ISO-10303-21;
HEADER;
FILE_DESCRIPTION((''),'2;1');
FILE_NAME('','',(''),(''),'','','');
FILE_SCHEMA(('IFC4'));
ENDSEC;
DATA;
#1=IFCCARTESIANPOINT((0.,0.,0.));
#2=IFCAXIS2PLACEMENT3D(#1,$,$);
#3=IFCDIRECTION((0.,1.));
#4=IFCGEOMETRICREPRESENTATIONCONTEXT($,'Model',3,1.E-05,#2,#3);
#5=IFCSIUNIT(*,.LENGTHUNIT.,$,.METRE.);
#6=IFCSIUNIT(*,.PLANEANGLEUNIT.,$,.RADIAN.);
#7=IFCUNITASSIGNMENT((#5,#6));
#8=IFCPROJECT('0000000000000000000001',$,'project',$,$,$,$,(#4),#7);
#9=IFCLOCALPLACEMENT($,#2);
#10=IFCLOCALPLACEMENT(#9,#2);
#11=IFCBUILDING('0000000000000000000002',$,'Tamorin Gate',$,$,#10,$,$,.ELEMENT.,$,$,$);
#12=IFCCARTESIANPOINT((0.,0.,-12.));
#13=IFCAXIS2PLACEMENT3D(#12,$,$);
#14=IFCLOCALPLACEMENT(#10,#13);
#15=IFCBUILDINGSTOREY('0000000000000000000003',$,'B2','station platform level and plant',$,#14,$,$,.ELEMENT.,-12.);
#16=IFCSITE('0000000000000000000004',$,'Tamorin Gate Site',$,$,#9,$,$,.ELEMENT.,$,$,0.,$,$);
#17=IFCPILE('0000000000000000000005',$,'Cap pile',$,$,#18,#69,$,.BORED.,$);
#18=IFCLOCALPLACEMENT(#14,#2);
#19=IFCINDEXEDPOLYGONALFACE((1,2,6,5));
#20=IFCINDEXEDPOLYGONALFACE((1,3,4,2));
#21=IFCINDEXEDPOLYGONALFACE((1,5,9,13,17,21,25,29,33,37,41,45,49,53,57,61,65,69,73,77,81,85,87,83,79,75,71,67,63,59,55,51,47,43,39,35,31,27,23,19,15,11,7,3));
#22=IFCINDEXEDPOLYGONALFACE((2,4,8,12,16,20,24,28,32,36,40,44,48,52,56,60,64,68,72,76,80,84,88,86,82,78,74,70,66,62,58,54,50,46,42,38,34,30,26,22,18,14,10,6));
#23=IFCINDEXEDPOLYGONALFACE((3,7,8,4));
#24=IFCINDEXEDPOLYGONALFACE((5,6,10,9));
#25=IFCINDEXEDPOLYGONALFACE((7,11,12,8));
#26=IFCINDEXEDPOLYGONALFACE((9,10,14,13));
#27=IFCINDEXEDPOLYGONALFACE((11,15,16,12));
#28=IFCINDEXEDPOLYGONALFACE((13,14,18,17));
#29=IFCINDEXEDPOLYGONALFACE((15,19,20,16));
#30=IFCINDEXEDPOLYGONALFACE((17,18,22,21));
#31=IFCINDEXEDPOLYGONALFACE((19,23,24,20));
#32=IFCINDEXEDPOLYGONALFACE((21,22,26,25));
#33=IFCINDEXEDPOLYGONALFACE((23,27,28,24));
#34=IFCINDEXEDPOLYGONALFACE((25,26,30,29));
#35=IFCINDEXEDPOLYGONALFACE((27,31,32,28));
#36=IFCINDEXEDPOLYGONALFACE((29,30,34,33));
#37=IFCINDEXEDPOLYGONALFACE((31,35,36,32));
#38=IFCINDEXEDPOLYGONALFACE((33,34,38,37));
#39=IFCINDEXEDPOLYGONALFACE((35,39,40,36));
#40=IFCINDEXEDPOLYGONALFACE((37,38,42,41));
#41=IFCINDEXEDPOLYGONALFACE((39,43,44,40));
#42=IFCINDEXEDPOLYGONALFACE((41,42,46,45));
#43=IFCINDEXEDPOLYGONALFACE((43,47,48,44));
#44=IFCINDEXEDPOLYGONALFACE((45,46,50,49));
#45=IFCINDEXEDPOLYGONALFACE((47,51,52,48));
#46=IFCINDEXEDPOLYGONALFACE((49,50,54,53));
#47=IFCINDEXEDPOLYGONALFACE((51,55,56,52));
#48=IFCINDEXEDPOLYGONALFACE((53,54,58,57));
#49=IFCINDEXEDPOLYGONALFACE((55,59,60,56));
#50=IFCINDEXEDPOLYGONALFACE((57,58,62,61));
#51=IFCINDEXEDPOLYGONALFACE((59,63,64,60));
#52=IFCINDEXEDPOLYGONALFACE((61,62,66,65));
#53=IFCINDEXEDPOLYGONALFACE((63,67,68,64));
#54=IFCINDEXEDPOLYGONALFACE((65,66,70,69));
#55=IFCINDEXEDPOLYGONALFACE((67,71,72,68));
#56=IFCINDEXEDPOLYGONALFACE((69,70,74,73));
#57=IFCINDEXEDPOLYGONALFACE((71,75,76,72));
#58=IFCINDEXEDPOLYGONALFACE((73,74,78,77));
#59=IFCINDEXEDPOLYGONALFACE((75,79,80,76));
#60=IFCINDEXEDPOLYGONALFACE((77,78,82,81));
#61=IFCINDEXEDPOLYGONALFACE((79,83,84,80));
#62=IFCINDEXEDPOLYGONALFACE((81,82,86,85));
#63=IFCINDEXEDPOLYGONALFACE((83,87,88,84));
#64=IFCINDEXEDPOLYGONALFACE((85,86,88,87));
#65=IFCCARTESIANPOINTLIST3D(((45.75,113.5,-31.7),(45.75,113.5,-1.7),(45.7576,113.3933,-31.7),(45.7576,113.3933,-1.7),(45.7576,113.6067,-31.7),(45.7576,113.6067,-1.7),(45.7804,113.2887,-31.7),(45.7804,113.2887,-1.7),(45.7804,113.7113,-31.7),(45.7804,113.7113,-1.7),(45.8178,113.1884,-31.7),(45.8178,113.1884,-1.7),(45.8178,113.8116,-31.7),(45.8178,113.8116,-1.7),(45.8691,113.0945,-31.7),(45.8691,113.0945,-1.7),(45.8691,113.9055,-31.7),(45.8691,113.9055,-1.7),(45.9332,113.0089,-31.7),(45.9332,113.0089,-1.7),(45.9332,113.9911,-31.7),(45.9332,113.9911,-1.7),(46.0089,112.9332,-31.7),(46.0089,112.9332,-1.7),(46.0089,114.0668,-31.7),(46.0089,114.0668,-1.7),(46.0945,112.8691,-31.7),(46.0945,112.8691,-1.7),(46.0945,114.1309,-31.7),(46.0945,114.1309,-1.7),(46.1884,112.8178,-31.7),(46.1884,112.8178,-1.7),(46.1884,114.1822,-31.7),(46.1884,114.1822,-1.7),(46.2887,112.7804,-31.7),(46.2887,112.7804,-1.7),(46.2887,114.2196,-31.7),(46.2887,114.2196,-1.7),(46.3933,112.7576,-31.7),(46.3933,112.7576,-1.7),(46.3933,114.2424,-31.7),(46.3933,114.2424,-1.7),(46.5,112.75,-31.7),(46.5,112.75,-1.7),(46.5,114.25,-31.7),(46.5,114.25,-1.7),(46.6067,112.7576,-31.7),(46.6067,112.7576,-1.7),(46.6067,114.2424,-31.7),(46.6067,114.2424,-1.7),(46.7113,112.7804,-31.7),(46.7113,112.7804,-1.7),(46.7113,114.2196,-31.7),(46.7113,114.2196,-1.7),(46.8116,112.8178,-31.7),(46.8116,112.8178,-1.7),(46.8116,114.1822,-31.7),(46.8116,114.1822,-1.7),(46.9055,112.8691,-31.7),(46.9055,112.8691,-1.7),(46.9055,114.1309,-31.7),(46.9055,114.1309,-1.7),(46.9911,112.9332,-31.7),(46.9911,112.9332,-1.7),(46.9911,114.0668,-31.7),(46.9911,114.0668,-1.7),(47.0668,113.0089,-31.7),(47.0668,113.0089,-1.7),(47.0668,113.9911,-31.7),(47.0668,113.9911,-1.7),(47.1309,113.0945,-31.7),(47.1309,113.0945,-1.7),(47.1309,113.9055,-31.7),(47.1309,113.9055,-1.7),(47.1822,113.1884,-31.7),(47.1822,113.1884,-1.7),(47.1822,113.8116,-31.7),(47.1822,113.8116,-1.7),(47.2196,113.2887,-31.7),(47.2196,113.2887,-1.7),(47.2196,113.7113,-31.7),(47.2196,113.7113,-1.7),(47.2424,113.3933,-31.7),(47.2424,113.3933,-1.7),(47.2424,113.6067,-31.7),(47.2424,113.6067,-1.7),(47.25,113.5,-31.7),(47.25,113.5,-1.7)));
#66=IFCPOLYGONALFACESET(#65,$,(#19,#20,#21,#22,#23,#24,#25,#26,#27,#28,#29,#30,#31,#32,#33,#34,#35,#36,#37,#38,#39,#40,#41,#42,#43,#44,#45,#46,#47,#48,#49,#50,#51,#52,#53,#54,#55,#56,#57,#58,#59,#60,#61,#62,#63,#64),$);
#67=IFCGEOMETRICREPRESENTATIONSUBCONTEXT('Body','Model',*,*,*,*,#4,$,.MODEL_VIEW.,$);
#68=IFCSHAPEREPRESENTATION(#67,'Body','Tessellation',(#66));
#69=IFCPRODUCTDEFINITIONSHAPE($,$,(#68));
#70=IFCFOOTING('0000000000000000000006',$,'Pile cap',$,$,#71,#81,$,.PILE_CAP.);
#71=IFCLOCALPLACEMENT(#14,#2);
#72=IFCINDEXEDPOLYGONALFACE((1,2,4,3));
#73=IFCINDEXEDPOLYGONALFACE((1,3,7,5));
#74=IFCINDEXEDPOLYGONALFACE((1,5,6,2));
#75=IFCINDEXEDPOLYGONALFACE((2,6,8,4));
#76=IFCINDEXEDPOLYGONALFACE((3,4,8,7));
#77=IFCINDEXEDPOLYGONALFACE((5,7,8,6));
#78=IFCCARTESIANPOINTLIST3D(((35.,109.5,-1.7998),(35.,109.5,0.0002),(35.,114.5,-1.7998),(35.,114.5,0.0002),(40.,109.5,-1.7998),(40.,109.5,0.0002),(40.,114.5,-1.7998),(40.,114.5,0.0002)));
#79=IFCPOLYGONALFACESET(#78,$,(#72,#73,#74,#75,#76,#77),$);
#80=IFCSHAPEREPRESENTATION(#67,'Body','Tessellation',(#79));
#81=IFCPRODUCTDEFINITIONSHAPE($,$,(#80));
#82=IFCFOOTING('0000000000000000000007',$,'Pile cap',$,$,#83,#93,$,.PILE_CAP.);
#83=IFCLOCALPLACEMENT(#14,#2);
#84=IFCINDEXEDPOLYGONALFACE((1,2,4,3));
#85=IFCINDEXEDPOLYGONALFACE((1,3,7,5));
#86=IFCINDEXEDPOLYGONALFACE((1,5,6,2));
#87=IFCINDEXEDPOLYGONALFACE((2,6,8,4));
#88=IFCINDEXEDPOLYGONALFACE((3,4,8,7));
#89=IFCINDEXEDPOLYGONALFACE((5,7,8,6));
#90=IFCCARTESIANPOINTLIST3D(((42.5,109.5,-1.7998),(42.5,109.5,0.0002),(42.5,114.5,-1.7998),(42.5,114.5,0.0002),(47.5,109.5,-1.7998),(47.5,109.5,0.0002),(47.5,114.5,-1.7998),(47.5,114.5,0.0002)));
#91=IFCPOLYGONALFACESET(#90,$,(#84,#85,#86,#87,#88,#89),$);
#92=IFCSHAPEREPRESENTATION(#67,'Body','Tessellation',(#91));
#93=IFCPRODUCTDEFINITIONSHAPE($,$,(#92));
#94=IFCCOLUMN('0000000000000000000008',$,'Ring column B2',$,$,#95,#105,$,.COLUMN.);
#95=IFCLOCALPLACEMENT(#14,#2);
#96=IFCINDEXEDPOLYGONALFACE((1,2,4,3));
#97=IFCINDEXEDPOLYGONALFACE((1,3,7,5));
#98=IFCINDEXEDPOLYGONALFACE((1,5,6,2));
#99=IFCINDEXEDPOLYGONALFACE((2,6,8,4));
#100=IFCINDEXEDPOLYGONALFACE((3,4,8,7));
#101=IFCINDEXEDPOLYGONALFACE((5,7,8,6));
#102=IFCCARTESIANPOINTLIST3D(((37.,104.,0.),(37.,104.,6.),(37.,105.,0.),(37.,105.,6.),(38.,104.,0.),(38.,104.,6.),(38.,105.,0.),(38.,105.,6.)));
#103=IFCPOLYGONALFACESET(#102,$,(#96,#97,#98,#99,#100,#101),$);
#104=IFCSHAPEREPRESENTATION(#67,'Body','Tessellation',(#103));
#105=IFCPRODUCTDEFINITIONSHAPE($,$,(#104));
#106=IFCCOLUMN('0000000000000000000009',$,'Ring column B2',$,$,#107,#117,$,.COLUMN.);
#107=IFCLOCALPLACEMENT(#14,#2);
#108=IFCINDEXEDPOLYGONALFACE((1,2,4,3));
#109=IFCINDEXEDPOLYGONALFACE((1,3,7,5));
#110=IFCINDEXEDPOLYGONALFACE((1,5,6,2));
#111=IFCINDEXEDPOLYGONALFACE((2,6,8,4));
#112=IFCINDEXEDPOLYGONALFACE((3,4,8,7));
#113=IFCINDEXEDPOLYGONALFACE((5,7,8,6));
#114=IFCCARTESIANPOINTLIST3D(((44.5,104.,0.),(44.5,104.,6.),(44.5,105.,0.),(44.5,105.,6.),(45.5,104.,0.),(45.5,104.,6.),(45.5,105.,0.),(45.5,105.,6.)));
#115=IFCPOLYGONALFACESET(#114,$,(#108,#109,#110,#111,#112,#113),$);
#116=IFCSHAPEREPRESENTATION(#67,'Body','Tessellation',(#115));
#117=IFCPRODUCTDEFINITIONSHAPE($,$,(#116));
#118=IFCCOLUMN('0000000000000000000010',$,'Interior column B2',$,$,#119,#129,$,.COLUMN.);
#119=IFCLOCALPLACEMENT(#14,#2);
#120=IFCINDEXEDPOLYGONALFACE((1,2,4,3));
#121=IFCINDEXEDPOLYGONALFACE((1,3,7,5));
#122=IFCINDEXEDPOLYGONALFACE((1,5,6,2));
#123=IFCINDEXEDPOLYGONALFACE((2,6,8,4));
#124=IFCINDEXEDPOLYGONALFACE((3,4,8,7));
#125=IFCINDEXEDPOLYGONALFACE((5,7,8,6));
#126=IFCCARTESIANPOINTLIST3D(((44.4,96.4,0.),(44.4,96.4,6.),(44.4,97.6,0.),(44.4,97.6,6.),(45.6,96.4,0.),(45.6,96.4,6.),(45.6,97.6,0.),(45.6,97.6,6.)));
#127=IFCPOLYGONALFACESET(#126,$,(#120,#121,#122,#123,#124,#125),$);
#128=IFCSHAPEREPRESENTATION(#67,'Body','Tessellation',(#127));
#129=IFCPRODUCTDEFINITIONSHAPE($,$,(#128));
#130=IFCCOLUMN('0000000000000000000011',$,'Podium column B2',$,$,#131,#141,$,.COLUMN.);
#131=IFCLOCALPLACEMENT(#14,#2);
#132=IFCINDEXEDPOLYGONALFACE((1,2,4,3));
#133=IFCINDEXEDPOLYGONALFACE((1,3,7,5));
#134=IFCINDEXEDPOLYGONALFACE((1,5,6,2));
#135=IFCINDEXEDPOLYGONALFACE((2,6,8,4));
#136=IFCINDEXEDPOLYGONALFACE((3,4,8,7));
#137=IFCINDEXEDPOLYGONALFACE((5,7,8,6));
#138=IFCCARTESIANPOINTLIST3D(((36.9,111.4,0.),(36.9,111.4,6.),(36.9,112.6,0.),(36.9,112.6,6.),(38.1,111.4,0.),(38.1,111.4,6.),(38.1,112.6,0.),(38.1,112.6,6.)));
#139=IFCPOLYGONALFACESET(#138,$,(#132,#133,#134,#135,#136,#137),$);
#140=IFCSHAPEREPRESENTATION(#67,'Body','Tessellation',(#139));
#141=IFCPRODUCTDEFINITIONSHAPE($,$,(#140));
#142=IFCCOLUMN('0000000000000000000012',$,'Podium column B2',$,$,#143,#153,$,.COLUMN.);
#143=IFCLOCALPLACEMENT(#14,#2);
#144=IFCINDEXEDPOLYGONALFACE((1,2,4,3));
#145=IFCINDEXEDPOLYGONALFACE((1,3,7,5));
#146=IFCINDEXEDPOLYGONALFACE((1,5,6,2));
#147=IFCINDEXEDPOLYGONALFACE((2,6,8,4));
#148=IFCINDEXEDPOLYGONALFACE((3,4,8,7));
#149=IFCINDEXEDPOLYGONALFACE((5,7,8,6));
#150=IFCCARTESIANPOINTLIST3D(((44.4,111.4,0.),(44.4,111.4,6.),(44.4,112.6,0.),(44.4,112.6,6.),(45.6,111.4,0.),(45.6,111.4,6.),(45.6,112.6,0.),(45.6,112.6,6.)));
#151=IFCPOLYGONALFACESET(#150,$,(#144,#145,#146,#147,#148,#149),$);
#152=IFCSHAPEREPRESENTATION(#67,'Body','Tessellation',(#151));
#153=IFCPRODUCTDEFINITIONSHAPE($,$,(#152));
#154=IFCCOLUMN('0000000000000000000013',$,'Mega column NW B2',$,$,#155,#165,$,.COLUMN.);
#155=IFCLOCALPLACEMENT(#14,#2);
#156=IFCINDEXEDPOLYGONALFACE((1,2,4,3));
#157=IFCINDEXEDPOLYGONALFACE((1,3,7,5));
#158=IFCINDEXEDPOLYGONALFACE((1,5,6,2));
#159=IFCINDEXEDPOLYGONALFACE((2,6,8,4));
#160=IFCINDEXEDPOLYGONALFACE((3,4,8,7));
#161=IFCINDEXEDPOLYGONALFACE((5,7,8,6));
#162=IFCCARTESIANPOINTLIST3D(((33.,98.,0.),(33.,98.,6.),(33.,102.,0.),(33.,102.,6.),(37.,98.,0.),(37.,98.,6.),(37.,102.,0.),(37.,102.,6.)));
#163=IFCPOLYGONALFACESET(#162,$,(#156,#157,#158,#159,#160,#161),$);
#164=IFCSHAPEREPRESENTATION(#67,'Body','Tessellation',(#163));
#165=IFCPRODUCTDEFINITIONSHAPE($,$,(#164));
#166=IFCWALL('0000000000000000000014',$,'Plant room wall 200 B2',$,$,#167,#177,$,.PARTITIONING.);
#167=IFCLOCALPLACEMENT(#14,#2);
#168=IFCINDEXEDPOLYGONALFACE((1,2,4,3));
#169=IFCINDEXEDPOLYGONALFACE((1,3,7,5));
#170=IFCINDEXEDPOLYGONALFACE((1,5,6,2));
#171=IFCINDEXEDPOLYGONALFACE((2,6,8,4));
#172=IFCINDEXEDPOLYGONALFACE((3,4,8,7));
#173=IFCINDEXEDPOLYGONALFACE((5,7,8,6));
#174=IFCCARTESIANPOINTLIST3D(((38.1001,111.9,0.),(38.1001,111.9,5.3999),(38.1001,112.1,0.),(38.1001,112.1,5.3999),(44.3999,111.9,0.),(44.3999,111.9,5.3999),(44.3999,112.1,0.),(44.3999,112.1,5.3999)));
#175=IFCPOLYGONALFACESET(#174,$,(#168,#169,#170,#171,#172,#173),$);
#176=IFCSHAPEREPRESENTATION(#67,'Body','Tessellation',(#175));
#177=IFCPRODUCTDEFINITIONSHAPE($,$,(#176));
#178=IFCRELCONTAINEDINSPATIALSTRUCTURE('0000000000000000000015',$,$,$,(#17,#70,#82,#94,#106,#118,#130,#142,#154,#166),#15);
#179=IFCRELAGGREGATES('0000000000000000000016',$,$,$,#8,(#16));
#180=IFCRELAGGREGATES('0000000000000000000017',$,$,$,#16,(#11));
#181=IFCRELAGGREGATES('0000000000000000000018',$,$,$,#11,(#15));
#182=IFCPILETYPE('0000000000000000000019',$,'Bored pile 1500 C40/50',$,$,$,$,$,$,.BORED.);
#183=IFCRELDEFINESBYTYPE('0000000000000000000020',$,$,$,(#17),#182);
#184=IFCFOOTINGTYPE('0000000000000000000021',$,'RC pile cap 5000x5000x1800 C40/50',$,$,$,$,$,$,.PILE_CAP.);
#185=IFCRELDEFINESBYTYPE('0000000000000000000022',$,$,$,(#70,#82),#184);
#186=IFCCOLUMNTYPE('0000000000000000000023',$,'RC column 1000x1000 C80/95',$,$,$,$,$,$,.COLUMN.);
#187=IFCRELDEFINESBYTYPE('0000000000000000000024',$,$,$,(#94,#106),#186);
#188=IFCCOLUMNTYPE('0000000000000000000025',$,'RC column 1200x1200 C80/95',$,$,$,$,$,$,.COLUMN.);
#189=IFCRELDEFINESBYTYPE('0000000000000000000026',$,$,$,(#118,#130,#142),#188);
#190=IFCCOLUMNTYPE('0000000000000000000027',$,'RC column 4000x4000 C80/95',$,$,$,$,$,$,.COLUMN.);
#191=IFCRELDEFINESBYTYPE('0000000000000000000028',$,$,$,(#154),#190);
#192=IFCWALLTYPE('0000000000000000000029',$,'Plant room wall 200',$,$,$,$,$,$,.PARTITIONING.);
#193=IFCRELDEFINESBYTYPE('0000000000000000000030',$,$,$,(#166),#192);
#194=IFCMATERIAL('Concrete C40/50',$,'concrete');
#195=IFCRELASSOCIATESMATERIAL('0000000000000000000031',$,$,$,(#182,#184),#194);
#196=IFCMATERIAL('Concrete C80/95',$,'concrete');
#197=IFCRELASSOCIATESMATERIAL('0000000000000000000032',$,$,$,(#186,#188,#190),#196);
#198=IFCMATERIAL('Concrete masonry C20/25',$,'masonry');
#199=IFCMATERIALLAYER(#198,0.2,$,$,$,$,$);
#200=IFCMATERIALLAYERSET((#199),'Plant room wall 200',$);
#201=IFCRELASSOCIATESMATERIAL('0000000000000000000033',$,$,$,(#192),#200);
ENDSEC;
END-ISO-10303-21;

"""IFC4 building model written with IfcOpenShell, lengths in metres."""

from ifc_helpers import new_model, si_unit, direction, frame, frame_2d, origin, origin_2d, place, context, subcontext, project, spatial, rectangle, circle, extrude, material, layer, layer_set, material_profile, profile_set, type_object, element, save


model = new_model("IFC4")

# Units and contexts
model_context = context("Model", 3, precision=1e-05, world=origin(), true_north=direction((0.0, 1.0)))
body_context = subcontext(model_context, "Body", "Model", "MODEL_VIEW")
ifc_project = project(units=[si_unit("LENGTHUNIT", "METRE"), si_unit("PLANEANGLEUNIT", "RADIAN")], contexts=[model_context])

# Site, building, storey
site_placement = place(None, origin())
site = spatial("IfcSite", under=ifc_project, at=site_placement, Name="Tamorin Gate Site", CompositionType="ELEMENT", RefElevation=0.0)
building_placement = place(site_placement, origin())
building = spatial("IfcBuilding", under=site, at=building_placement, Name="Tamorin Gate", CompositionType="ELEMENT")
storey_placement = place(building_placement, frame((0.0, 0.0, -12.0)))
storey = spatial("IfcBuildingStorey", under=building, at=storey_placement, Name="B2", Description="station platform level and plant", CompositionType="ELEMENT", Elevation=-12.0)

# Pile
ifc_material_1 = material(Name="Concrete C40/50", Category="concrete")
ifc_material_profile_1 = material_profile(ifc_material_1, circle(Radius=0.75, at=origin_2d()))
ifc_profile_set_1 = profile_set([ifc_material_profile_1], Name="Concrete C40/50")
pile_type = type_object("IfcPileType", Name="Bored pile 1500 C40/50", PredefinedType="BORED", material=ifc_profile_set_1)
for number, where, z_axis, x_axis, name in (
    (1, (46.5, 113.5, -1.7), (0.0, 0.0, -1.0), (1.0, 0.0, 0.0), "Cap pile"),
):
    element("IfcPile", number, at=place(storey_placement, frame(where, z_axis=z_axis, x_axis=x_axis)), inside=storey, type_object=pile_type, Name=name, PredefinedType="BORED", context=body_context, shape_type="SweptSolid", body=[
        extrude(circle(Radius=0.75, at=origin_2d()), origin(), (0.0, 0.0, 1.0), 30.0),
    ])

# Footings
footing_type = type_object("IfcFootingType", Name="RC pile cap 5000x5000x1800 C40/50", PredefinedType="PILE_CAP", material=ifc_material_1)
for number, where, z_axis, x_axis, name in (
    (2, (37.5, 112.0, -1.7998), (0.0, 0.0, 1.0), (1.0, 0.0, 0.0), "Pile cap"),
    (3, (45.0, 112.0, -1.7998), (0.0, 0.0, 1.0), (1.0, 0.0, 0.0), "Pile cap"),
):
    element("IfcFooting", number, at=place(storey_placement, frame(where, z_axis=z_axis, x_axis=x_axis)), inside=storey, type_object=footing_type, Name=name, PredefinedType="PILE_CAP", context=body_context, shape_type="SweptSolid", body=[
        extrude(rectangle(XDim=5.0, YDim=5.0, at=origin_2d()), origin(), (0.0, 0.0, 1.0), 1.8),
    ])

# Columns
ifc_material_2 = material(Name="Concrete C80/95", Category="concrete")
ifc_material_profile_2 = material_profile(ifc_material_2, rectangle(XDim=1.0, YDim=1.0, at=origin_2d()), Name="RC 1000x1000")
ifc_profile_set_2 = profile_set([ifc_material_profile_2], Name="Concrete C80/95")
column_type_1 = type_object("IfcColumnType", Name="RC column 1000x1000 C80/95", PredefinedType="COLUMN", material=ifc_profile_set_2)
for number, where, z_axis, x_axis, name in (
    (4, (37.5, 104.5, 0.0), (0.0, 0.0, 1.0), (1.0, 0.0, 0.0), "Ring column B2"),
    (5, (45.0, 104.5, 0.0), (0.0, 0.0, 1.0), (1.0, 0.0, 0.0), "Ring column B2"),
):
    element("IfcColumn", number, at=place(storey_placement, frame(where, z_axis=z_axis, x_axis=x_axis)), inside=storey, type_object=column_type_1, Name=name, PredefinedType="COLUMN", context=body_context, shape_type="SweptSolid", body=[
        extrude(rectangle(XDim=1.0, YDim=1.0, at=origin_2d()), origin(), (0.0, 0.0, 1.0), 6.0),
    ])
ifc_material_profile_3 = material_profile(ifc_material_2, rectangle(XDim=1.2, YDim=1.2, at=origin_2d()), Name="RC 1200x1200")
ifc_profile_set_3 = profile_set([ifc_material_profile_3], Name="Concrete C80/95")
column_type_2 = type_object("IfcColumnType", Name="RC column 1200x1200 C80/95", PredefinedType="COLUMN", material=ifc_profile_set_3)
for number, where, z_axis, x_axis, name in (
    (6, (45.0, 97.0, 0.0), (0.0, 0.0, 1.0), (1.0, 0.0, 0.0), "Interior column B2"),
    (7, (37.5, 112.0, 0.0), (0.0, 0.0, 1.0), (1.0, 0.0, 0.0), "Podium column B2"),
    (8, (45.0, 112.0, 0.0), (0.0, 0.0, 1.0), (1.0, 0.0, 0.0), "Podium column B2"),
):
    element("IfcColumn", number, at=place(storey_placement, frame(where, z_axis=z_axis, x_axis=x_axis)), inside=storey, type_object=column_type_2, Name=name, PredefinedType="COLUMN", context=body_context, shape_type="SweptSolid", body=[
        extrude(rectangle(XDim=1.2, YDim=1.2, at=origin_2d()), origin(), (0.0, 0.0, 1.0), 6.0),
    ])
ifc_material_profile_4 = material_profile(ifc_material_2, rectangle(XDim=4.0, YDim=4.0, at=origin_2d()), Name="RC 4000x4000")
ifc_profile_set_4 = profile_set([ifc_material_profile_4], Name="Concrete C80/95")
column_type_3 = type_object("IfcColumnType", Name="RC column 4000x4000 C80/95", PredefinedType="COLUMN", material=ifc_profile_set_4)
column_placement = place(storey_placement, frame((35.0, 100.0, 0.0), z_axis=(0.0, 0.0, 1.0), x_axis=(1.0, 0.0, 0.0)))
element("IfcColumn", 9, at=column_placement, inside=storey, type_object=column_type_3, Name="Mega column NW B2", PredefinedType="COLUMN", context=body_context, shape_type="SweptSolid", body=[
    extrude(rectangle(XDim=4.0, YDim=4.0, at=origin_2d()), origin(), (0.0, 0.0, 1.0), 6.0),
])

# Wall
ifc_material_3 = material(Name="Concrete masonry C20/25", Category="masonry")
ifc_layer_1 = layer(ifc_material_3, 0.2)
ifc_layer_set_1 = layer_set([ifc_layer_1], Name="Plant room wall 200")
wall_type_1 = type_object("IfcWallType", Name="Plant room wall 200", PredefinedType="PARTITIONING", material=ifc_layer_set_1)
wall_1_placement = place(storey_placement, frame((38.1001, 112.0, 0.0), z_axis=(0.0, 0.0, 1.0), x_axis=(1.0, 0.0, 0.0)))
element("IfcWall", 10, at=wall_1_placement, inside=storey, type_object=wall_type_1, Name="Plant room wall 200 B2", PredefinedType="PARTITIONING", context=body_context, shape_type="SweptSolid", body=[
    extrude(rectangle(XDim=6.2998, YDim=0.2, at=frame_2d((3.1499, 0.0))), origin(), (0.0, 0.0, 1.0), 5.3999),
])

save(model, "model.ifc")
